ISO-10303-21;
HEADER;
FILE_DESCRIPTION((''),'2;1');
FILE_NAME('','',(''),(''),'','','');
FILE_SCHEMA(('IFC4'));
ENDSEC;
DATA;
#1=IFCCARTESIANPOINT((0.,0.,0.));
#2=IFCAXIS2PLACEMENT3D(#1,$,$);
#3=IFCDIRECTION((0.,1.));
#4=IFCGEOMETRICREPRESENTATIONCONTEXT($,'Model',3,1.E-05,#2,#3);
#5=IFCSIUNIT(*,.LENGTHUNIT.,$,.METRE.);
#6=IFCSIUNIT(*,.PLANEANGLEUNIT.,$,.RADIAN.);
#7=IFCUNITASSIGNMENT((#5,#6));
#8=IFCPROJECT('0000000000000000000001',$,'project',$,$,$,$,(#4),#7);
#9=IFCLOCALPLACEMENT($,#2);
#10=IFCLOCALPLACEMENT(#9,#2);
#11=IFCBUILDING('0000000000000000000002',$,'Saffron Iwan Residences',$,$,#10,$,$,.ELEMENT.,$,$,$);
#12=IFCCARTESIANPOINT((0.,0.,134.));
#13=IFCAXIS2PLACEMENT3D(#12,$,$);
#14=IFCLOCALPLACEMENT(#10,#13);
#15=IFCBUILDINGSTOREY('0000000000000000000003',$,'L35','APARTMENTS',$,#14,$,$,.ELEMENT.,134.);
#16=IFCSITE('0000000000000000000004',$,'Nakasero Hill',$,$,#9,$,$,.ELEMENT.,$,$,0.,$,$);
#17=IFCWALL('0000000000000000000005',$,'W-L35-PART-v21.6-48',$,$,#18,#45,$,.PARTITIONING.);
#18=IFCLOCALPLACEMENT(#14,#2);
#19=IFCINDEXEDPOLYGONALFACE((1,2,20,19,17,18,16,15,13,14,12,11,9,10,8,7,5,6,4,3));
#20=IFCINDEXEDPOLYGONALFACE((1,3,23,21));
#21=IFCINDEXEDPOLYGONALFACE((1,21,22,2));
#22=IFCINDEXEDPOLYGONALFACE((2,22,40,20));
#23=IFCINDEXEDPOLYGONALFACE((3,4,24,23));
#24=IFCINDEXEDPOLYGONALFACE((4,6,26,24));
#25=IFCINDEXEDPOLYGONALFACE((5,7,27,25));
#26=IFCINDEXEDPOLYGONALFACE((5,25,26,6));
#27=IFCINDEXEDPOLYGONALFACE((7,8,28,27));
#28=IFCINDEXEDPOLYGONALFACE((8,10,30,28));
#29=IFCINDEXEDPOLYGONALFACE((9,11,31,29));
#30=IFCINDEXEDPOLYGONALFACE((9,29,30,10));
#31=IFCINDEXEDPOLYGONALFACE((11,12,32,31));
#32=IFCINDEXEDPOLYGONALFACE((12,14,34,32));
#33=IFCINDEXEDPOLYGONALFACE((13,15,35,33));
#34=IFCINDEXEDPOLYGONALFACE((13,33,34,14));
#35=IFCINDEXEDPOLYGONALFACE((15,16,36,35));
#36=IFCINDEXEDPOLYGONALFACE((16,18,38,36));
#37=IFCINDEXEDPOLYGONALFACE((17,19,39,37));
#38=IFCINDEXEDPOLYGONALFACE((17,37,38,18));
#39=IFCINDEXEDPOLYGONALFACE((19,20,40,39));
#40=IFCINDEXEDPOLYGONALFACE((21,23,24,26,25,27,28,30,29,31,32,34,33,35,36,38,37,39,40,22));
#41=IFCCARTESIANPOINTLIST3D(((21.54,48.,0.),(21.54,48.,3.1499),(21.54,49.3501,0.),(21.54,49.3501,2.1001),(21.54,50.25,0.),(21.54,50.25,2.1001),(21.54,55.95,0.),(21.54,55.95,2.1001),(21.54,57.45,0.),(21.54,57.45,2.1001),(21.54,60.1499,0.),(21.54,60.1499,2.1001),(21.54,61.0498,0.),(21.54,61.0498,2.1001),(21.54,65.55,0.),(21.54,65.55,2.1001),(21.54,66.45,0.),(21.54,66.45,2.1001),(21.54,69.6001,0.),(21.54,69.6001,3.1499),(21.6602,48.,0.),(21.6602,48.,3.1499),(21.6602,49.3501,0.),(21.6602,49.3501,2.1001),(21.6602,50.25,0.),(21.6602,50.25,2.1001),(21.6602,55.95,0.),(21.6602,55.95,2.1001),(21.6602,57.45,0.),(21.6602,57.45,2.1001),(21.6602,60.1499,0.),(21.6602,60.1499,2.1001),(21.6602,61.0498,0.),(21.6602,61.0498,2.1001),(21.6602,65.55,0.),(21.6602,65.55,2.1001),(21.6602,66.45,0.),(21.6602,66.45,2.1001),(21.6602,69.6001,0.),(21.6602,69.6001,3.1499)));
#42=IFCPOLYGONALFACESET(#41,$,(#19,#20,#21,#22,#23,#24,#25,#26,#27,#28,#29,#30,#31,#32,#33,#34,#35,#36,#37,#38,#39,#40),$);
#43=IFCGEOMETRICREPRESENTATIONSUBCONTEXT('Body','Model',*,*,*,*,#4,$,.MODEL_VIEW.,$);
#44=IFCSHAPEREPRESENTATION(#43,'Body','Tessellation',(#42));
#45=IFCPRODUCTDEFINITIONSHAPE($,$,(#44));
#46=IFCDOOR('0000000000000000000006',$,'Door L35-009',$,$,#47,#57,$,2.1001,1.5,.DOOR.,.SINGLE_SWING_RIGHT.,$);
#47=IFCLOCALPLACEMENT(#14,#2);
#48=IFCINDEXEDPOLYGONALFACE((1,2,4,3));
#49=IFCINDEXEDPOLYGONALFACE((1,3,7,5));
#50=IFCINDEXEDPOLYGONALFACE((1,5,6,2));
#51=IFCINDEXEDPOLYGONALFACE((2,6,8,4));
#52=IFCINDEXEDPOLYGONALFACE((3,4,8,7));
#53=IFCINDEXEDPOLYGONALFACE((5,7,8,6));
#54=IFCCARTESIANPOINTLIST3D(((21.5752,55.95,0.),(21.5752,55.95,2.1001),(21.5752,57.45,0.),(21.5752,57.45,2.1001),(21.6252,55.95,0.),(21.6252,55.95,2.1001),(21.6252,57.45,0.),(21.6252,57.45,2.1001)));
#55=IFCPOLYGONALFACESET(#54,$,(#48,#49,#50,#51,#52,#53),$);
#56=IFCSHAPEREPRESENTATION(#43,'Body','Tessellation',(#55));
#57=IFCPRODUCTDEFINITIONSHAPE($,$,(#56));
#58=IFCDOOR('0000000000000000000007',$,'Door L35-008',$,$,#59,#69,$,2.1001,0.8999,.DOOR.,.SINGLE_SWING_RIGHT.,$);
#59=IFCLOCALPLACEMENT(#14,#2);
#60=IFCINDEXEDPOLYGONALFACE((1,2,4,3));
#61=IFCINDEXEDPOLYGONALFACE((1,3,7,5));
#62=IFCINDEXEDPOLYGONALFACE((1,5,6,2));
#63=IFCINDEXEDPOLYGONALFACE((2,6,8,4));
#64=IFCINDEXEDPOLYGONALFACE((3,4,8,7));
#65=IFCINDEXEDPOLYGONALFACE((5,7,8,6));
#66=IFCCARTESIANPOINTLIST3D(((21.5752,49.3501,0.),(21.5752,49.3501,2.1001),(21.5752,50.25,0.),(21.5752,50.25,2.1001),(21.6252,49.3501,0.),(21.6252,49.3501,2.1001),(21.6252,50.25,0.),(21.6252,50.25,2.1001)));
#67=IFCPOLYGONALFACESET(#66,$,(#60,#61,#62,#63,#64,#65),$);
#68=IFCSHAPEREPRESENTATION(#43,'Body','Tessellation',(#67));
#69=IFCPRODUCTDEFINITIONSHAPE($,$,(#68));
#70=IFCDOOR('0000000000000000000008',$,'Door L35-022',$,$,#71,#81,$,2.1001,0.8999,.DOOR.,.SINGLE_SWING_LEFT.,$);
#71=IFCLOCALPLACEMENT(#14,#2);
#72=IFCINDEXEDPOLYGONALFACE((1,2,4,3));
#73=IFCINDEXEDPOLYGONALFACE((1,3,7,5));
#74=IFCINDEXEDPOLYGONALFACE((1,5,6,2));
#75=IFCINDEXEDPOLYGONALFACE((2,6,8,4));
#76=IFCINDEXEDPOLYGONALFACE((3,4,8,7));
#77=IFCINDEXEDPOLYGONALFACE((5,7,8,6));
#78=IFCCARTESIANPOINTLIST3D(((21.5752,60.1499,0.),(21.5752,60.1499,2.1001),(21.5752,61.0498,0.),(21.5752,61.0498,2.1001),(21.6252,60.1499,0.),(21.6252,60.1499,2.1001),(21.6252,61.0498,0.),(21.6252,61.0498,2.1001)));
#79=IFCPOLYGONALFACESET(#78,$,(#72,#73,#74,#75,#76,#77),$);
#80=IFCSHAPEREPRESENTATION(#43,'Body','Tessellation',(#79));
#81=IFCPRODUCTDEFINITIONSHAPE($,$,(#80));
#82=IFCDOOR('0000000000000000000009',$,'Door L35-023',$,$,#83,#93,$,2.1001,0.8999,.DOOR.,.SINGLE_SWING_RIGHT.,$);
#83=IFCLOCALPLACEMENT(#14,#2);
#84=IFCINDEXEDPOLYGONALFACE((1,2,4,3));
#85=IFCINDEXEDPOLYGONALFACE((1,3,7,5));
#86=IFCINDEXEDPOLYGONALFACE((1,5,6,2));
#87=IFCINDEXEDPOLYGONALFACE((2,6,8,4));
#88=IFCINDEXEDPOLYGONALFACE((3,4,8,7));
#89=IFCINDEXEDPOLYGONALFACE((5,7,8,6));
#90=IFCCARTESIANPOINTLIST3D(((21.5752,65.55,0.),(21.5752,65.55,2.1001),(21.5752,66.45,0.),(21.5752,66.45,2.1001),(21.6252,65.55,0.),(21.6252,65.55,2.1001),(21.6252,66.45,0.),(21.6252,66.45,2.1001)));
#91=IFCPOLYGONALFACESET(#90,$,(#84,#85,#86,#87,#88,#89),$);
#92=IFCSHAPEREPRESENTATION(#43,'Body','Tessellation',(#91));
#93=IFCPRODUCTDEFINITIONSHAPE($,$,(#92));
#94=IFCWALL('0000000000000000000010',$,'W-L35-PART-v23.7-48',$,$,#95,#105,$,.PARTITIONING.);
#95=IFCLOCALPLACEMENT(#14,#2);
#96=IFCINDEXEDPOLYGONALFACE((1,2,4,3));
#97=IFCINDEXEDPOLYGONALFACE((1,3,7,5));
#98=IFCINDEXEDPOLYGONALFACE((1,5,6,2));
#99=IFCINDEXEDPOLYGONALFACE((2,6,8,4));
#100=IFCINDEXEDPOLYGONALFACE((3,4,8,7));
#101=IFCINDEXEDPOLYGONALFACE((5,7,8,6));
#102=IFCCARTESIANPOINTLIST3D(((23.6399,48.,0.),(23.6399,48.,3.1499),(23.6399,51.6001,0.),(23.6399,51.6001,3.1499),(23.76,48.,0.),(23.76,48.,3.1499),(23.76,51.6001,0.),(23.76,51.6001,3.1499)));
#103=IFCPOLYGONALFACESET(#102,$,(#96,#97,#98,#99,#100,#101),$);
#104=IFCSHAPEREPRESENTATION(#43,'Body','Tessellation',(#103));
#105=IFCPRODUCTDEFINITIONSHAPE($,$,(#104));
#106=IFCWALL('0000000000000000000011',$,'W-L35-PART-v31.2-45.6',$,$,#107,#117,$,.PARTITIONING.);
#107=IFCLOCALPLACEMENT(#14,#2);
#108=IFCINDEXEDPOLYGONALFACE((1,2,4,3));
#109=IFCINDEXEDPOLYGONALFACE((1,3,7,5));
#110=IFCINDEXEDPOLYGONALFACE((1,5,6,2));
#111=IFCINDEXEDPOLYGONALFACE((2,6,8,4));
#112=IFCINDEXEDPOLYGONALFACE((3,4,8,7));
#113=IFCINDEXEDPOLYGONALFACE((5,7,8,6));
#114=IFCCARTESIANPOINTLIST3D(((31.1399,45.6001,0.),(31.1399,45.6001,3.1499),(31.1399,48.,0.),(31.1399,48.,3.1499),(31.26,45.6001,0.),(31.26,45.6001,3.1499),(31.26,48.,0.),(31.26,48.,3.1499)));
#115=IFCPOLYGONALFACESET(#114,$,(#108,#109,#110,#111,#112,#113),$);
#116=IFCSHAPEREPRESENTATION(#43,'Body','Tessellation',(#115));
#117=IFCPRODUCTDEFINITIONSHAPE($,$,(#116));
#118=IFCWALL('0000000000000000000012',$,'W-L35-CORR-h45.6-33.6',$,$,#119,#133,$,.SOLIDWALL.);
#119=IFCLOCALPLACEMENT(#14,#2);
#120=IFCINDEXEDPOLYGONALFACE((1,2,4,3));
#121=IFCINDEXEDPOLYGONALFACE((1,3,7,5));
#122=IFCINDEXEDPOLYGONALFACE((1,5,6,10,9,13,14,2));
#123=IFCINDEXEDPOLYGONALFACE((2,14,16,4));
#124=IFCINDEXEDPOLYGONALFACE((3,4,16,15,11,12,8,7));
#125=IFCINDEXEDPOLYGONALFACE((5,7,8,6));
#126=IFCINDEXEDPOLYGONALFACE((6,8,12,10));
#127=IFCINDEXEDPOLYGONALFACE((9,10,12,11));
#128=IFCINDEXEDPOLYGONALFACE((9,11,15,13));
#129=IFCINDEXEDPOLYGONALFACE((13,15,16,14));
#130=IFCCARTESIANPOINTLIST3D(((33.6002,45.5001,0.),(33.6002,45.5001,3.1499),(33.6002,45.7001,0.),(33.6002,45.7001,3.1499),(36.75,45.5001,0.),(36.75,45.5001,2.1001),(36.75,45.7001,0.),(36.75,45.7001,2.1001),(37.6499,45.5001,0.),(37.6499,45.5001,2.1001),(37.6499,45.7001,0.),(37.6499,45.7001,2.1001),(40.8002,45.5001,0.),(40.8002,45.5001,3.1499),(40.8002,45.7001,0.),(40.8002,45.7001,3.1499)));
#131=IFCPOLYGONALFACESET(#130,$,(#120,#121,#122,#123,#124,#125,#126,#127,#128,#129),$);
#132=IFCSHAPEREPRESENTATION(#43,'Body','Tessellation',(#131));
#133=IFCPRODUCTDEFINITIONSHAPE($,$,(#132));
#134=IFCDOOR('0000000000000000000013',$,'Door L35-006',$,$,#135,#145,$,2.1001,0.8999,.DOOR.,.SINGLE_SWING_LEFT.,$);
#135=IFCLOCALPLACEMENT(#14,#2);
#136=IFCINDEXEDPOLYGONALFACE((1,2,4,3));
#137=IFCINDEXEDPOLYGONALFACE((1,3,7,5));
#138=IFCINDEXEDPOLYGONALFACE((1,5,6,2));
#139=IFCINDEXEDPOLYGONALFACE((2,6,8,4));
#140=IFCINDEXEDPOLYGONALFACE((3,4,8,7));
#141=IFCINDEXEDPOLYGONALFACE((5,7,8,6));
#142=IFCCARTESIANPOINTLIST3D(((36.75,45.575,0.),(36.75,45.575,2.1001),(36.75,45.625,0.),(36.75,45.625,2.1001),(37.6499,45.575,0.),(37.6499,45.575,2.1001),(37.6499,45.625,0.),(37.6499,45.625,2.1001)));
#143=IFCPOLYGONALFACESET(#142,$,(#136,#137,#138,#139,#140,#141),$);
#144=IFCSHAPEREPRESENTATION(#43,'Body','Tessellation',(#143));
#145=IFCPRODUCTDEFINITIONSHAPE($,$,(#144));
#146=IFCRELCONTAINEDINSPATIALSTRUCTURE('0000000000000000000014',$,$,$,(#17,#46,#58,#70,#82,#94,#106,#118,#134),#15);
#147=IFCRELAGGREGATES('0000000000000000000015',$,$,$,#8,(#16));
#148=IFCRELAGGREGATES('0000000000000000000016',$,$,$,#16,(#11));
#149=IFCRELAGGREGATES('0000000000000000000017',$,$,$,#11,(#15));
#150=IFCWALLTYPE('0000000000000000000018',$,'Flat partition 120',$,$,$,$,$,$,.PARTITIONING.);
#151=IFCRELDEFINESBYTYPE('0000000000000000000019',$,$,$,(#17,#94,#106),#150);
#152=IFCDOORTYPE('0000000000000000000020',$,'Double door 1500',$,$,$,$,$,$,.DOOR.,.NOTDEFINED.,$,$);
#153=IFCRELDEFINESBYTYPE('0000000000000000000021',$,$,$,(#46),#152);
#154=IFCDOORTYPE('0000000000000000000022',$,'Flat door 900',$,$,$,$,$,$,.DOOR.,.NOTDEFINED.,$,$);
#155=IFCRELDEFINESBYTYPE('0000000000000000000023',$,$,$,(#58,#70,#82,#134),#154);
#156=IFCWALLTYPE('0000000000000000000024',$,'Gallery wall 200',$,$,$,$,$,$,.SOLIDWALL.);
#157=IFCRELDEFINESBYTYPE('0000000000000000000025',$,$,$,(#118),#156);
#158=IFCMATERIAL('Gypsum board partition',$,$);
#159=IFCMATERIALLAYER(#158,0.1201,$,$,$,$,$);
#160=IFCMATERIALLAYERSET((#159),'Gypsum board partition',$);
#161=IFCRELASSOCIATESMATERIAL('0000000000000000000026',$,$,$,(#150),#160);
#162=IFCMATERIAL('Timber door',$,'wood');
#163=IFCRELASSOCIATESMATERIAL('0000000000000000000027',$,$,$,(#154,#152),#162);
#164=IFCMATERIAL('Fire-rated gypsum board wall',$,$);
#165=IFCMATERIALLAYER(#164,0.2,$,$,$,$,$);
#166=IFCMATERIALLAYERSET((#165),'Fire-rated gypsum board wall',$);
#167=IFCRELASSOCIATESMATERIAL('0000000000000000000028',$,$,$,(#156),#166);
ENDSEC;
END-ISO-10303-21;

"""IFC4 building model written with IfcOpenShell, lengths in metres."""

from ifc_helpers import new_model, si_unit, direction, frame, frame_2d, origin, place, context, subcontext, project, spatial, rectangle, extrude, material, layer, layer_set, type_object, element, fill, save


model = new_model("IFC4")

# Units and contexts
model_context = context("Model", 3, precision=1e-05, world=origin(), true_north=direction((0.0, 1.0)))
body_context = subcontext(model_context, "Body", "Model", "MODEL_VIEW")
ifc_project = project(units=[si_unit("LENGTHUNIT", "METRE"), si_unit("PLANEANGLEUNIT", "RADIAN")], contexts=[model_context])

# Site, building, storey
site_placement = place(None, origin())
site = spatial("IfcSite", under=ifc_project, at=site_placement, Name="Nakasero Hill", CompositionType="ELEMENT", RefElevation=0.0)
building_placement = place(site_placement, origin())
building = spatial("IfcBuilding", under=site, at=building_placement, Name="Saffron Iwan Residences", CompositionType="ELEMENT")
storey_placement = place(building_placement, frame((0.0, 0.0, 134.0)))
storey = spatial("IfcBuildingStorey", under=building, at=storey_placement, Name="L35", Description="APARTMENTS", CompositionType="ELEMENT", Elevation=134.0)

# Shared definitions
ifc_material_1 = material(Name="Gypsum board partition")
ifc_layer_1 = layer(ifc_material_1, 0.1201)
ifc_layer_set_1 = layer_set([ifc_layer_1], Name="Gypsum board partition")
wall_type_1 = type_object("IfcWallType", Name="Flat partition 120", PredefinedType="PARTITIONING", material=ifc_layer_set_1)
ifc_material_2 = material(Name="Timber door", Category="wood")
door_type_1 = type_object("IfcDoorType", Name="Flat door 900", OperationType="NOTDEFINED", PredefinedType="DOOR", material=ifc_material_2)

# Wall, openings, doors
wall_1_placement = place(storey_placement, frame((21.6001, 48.0, 0.0), z_axis=(0.0, 0.0, 1.0), x_axis=(0.0, 1.0, 0.0)))
wall_1 = element("IfcWall", 1, at=wall_1_placement, inside=storey, type_object=wall_type_1, Name="W-L35-PART-v21.6-48", PredefinedType="PARTITIONING", context=body_context, shape_type="SweptSolid", body=[
    extrude(rectangle(XDim=21.6001, YDim=0.1201, at=frame_2d((10.8, 0.0))), origin(), (0.0, 0.0, 1.0), 3.1499),
])
opening_1_placement = place(wall_1_placement, frame((1.3501, 0.0, 0.0)))
opening_1 = element("IfcOpeningElement", 2, at=opening_1_placement, cuts=wall_1, PredefinedType="OPENING", context=body_context, shape_type="SweptSolid", body=[
    extrude(rectangle(XDim=0.8999, YDim=2.1001, at=frame_2d((0.45, 1.05))), frame((0.0, 0.0701, 0.0), z_axis=(0.0, -1.0, 0.0), x_axis=(1.0, 0.0, 0.0)), (0.0, 0.0, 1.0), 0.1401),
])
opening_2_placement = place(wall_1_placement, frame((7.95, 0.0, 0.0)))
opening_2 = element("IfcOpeningElement", 3, at=opening_2_placement, cuts=wall_1, PredefinedType="OPENING", context=body_context, shape_type="SweptSolid", body=[
    extrude(rectangle(XDim=1.5, YDim=2.1001, at=frame_2d((0.75, 1.05))), frame((0.0, 0.0701, 0.0), z_axis=(0.0, -1.0, 0.0), x_axis=(1.0, 0.0, 0.0)), (0.0, 0.0, 1.0), 0.1401),
])
opening_3_placement = place(wall_1_placement, frame((12.1499, 0.0, 0.0)))
opening_3 = element("IfcOpeningElement", 4, at=opening_3_placement, cuts=wall_1, PredefinedType="OPENING", context=body_context, shape_type="SweptSolid", body=[
    extrude(rectangle(XDim=0.8999, YDim=2.1001, at=frame_2d((0.45, 1.05))), frame((0.0, 0.0701, 0.0), z_axis=(0.0, -1.0, 0.0), x_axis=(1.0, 0.0, 0.0)), (0.0, 0.0, 1.0), 0.1401),
])
opening_4_placement = place(wall_1_placement, frame((17.55, 0.0, 0.0)))
opening_4 = element("IfcOpeningElement", 5, at=opening_4_placement, cuts=wall_1, PredefinedType="OPENING", context=body_context, shape_type="SweptSolid", body=[
    extrude(rectangle(XDim=0.8999, YDim=2.1001, at=frame_2d((0.45, 1.05))), frame((0.0, 0.0701, 0.0), z_axis=(0.0, -1.0, 0.0), x_axis=(1.0, 0.0, 0.0)), (0.0, 0.0, 1.0), 0.1401),
])
door_type_2 = type_object("IfcDoorType", Name="Double door 1500", OperationType="NOTDEFINED", PredefinedType="DOOR", material=ifc_material_2)
door_1_placement = place(opening_2_placement, origin())
door_1 = element("IfcDoor", 6, at=door_1_placement, inside=storey, type_object=door_type_2, Name="Door L35-009", OperationType="SINGLE_SWING_RIGHT", OverallHeight=2.1001, OverallWidth=1.5, PredefinedType="DOOR", context=body_context, shape_type="SweptSolid", body=[
    extrude(rectangle(XDim=1.5, YDim=2.1001, at=frame_2d((0.75, 1.05))), frame((0.0, 0.0249, 0.0), z_axis=(0.0, -1.0, 0.0), x_axis=(1.0, 0.0, 0.0)), (0.0, 0.0, 1.0), 0.05),
])
fill(opening_2, door_1)
door_2_placement = place(opening_1_placement, origin())
door_2 = element("IfcDoor", 7, at=door_2_placement, inside=storey, type_object=door_type_1, Name="Door L35-008", OperationType="SINGLE_SWING_RIGHT", OverallHeight=2.1001, OverallWidth=0.8999, PredefinedType="DOOR", context=body_context, shape_type="SweptSolid", body=[
    extrude(rectangle(XDim=0.8999, YDim=2.1001, at=frame_2d((0.45, 1.05))), frame((0.0, 0.0249, 0.0), z_axis=(0.0, -1.0, 0.0), x_axis=(1.0, 0.0, 0.0)), (0.0, 0.0, 1.0), 0.05),
])
fill(opening_1, door_2)
door_3_placement = place(opening_3_placement, origin())
door_3 = element("IfcDoor", 8, at=door_3_placement, inside=storey, type_object=door_type_1, Name="Door L35-022", OperationType="SINGLE_SWING_LEFT", OverallHeight=2.1001, OverallWidth=0.8999, PredefinedType="DOOR", context=body_context, shape_type="SweptSolid", body=[
    extrude(rectangle(XDim=0.8999, YDim=2.1001, at=frame_2d((0.45, 1.05))), frame((0.0, 0.0249, 0.0), z_axis=(0.0, -1.0, 0.0), x_axis=(1.0, 0.0, 0.0)), (0.0, 0.0, 1.0), 0.05),
])
fill(opening_3, door_3)
door_4_placement = place(opening_4_placement, origin())
door_4 = element("IfcDoor", 9, at=door_4_placement, inside=storey, type_object=door_type_1, Name="Door L35-023", OperationType="SINGLE_SWING_RIGHT", OverallHeight=2.1001, OverallWidth=0.8999, PredefinedType="DOOR", context=body_context, shape_type="SweptSolid", body=[
    extrude(rectangle(XDim=0.8999, YDim=2.1001, at=frame_2d((0.45, 1.05))), frame((0.0, 0.0249, 0.0), z_axis=(0.0, -1.0, 0.0), x_axis=(1.0, 0.0, 0.0)), (0.0, 0.0, 1.0), 0.05),
])
fill(opening_4, door_4)

# Walls
wall_2_placement = place(storey_placement, frame((23.7, 48.0, 0.0), z_axis=(0.0, 0.0, 1.0), x_axis=(0.0, 1.0, 0.0)))
element("IfcWall", 10, at=wall_2_placement, inside=storey, type_object=wall_type_1, Name="W-L35-PART-v23.7-48", PredefinedType="PARTITIONING", context=body_context, shape_type="SweptSolid", body=[
    extrude(rectangle(XDim=3.6001, YDim=0.1201, at=frame_2d((1.8, 0.0))), origin(), (0.0, 0.0, 1.0), 3.1499),
])
wall_3_placement = place(storey_placement, frame((31.2, 45.6001, 0.0), z_axis=(0.0, 0.0, 1.0), x_axis=(0.0, 1.0, 0.0)))
element("IfcWall", 11, at=wall_3_placement, inside=storey, type_object=wall_type_1, Name="W-L35-PART-v31.2-45.6", PredefinedType="PARTITIONING", context=body_context, shape_type="SweptSolid", body=[
    extrude(rectangle(XDim=2.3999, YDim=0.1201, at=frame_2d((1.2, 0.0))), origin(), (0.0, 0.0, 1.0), 3.1499),
])

# Wall, opening, door
ifc_material_3 = material(Name="Fire-rated gypsum board wall")
ifc_layer_2 = layer(ifc_material_3, 0.2)
ifc_layer_set_2 = layer_set([ifc_layer_2], Name="Fire-rated gypsum board wall")
wall_type_2 = type_object("IfcWallType", Name="Gallery wall 200", PredefinedType="SOLIDWALL", material=ifc_layer_set_2)
wall_4_placement = place(storey_placement, frame((33.6001, 45.6001, 0.0), z_axis=(0.0, 0.0, 1.0), x_axis=(1.0, 0.0, 0.0)))
wall_4 = element("IfcWall", 12, at=wall_4_placement, inside=storey, type_object=wall_type_2, Name="W-L35-CORR-h45.6-33.6", PredefinedType="SOLIDWALL", context=body_context, shape_type="SweptSolid", body=[
    extrude(rectangle(XDim=7.2, YDim=0.2, at=frame_2d((3.6001, 0.0))), origin(), (0.0, 0.0, 1.0), 3.1499),
])
opening_5_placement = place(wall_4_placement, frame((3.1499, 0.0, 0.0)))
opening_5 = element("IfcOpeningElement", 13, at=opening_5_placement, cuts=wall_4, PredefinedType="OPENING", context=body_context, shape_type="SweptSolid", body=[
    extrude(rectangle(XDim=0.8999, YDim=2.1001, at=frame_2d((0.45, 1.05))), frame((0.0, 0.1099, 0.0), z_axis=(0.0, -1.0, 0.0), x_axis=(1.0, 0.0, 0.0)), (0.0, 0.0, 1.0), 0.22),
])
door_5_placement = place(opening_5_placement, origin())
door_5 = element("IfcDoor", 14, at=door_5_placement, inside=storey, type_object=door_type_1, Name="Door L35-006", OperationType="SINGLE_SWING_LEFT", OverallHeight=2.1001, OverallWidth=0.8999, PredefinedType="DOOR", context=body_context, shape_type="SweptSolid", body=[
    extrude(rectangle(XDim=0.8999, YDim=2.1001, at=frame_2d((0.45, 1.05))), frame((0.0, 0.0249, 0.0), z_axis=(0.0, -1.0, 0.0), x_axis=(1.0, 0.0, 0.0)), (0.0, 0.0, 1.0), 0.05),
])
fill(opening_5, door_5)

save(model, "model.ifc")
